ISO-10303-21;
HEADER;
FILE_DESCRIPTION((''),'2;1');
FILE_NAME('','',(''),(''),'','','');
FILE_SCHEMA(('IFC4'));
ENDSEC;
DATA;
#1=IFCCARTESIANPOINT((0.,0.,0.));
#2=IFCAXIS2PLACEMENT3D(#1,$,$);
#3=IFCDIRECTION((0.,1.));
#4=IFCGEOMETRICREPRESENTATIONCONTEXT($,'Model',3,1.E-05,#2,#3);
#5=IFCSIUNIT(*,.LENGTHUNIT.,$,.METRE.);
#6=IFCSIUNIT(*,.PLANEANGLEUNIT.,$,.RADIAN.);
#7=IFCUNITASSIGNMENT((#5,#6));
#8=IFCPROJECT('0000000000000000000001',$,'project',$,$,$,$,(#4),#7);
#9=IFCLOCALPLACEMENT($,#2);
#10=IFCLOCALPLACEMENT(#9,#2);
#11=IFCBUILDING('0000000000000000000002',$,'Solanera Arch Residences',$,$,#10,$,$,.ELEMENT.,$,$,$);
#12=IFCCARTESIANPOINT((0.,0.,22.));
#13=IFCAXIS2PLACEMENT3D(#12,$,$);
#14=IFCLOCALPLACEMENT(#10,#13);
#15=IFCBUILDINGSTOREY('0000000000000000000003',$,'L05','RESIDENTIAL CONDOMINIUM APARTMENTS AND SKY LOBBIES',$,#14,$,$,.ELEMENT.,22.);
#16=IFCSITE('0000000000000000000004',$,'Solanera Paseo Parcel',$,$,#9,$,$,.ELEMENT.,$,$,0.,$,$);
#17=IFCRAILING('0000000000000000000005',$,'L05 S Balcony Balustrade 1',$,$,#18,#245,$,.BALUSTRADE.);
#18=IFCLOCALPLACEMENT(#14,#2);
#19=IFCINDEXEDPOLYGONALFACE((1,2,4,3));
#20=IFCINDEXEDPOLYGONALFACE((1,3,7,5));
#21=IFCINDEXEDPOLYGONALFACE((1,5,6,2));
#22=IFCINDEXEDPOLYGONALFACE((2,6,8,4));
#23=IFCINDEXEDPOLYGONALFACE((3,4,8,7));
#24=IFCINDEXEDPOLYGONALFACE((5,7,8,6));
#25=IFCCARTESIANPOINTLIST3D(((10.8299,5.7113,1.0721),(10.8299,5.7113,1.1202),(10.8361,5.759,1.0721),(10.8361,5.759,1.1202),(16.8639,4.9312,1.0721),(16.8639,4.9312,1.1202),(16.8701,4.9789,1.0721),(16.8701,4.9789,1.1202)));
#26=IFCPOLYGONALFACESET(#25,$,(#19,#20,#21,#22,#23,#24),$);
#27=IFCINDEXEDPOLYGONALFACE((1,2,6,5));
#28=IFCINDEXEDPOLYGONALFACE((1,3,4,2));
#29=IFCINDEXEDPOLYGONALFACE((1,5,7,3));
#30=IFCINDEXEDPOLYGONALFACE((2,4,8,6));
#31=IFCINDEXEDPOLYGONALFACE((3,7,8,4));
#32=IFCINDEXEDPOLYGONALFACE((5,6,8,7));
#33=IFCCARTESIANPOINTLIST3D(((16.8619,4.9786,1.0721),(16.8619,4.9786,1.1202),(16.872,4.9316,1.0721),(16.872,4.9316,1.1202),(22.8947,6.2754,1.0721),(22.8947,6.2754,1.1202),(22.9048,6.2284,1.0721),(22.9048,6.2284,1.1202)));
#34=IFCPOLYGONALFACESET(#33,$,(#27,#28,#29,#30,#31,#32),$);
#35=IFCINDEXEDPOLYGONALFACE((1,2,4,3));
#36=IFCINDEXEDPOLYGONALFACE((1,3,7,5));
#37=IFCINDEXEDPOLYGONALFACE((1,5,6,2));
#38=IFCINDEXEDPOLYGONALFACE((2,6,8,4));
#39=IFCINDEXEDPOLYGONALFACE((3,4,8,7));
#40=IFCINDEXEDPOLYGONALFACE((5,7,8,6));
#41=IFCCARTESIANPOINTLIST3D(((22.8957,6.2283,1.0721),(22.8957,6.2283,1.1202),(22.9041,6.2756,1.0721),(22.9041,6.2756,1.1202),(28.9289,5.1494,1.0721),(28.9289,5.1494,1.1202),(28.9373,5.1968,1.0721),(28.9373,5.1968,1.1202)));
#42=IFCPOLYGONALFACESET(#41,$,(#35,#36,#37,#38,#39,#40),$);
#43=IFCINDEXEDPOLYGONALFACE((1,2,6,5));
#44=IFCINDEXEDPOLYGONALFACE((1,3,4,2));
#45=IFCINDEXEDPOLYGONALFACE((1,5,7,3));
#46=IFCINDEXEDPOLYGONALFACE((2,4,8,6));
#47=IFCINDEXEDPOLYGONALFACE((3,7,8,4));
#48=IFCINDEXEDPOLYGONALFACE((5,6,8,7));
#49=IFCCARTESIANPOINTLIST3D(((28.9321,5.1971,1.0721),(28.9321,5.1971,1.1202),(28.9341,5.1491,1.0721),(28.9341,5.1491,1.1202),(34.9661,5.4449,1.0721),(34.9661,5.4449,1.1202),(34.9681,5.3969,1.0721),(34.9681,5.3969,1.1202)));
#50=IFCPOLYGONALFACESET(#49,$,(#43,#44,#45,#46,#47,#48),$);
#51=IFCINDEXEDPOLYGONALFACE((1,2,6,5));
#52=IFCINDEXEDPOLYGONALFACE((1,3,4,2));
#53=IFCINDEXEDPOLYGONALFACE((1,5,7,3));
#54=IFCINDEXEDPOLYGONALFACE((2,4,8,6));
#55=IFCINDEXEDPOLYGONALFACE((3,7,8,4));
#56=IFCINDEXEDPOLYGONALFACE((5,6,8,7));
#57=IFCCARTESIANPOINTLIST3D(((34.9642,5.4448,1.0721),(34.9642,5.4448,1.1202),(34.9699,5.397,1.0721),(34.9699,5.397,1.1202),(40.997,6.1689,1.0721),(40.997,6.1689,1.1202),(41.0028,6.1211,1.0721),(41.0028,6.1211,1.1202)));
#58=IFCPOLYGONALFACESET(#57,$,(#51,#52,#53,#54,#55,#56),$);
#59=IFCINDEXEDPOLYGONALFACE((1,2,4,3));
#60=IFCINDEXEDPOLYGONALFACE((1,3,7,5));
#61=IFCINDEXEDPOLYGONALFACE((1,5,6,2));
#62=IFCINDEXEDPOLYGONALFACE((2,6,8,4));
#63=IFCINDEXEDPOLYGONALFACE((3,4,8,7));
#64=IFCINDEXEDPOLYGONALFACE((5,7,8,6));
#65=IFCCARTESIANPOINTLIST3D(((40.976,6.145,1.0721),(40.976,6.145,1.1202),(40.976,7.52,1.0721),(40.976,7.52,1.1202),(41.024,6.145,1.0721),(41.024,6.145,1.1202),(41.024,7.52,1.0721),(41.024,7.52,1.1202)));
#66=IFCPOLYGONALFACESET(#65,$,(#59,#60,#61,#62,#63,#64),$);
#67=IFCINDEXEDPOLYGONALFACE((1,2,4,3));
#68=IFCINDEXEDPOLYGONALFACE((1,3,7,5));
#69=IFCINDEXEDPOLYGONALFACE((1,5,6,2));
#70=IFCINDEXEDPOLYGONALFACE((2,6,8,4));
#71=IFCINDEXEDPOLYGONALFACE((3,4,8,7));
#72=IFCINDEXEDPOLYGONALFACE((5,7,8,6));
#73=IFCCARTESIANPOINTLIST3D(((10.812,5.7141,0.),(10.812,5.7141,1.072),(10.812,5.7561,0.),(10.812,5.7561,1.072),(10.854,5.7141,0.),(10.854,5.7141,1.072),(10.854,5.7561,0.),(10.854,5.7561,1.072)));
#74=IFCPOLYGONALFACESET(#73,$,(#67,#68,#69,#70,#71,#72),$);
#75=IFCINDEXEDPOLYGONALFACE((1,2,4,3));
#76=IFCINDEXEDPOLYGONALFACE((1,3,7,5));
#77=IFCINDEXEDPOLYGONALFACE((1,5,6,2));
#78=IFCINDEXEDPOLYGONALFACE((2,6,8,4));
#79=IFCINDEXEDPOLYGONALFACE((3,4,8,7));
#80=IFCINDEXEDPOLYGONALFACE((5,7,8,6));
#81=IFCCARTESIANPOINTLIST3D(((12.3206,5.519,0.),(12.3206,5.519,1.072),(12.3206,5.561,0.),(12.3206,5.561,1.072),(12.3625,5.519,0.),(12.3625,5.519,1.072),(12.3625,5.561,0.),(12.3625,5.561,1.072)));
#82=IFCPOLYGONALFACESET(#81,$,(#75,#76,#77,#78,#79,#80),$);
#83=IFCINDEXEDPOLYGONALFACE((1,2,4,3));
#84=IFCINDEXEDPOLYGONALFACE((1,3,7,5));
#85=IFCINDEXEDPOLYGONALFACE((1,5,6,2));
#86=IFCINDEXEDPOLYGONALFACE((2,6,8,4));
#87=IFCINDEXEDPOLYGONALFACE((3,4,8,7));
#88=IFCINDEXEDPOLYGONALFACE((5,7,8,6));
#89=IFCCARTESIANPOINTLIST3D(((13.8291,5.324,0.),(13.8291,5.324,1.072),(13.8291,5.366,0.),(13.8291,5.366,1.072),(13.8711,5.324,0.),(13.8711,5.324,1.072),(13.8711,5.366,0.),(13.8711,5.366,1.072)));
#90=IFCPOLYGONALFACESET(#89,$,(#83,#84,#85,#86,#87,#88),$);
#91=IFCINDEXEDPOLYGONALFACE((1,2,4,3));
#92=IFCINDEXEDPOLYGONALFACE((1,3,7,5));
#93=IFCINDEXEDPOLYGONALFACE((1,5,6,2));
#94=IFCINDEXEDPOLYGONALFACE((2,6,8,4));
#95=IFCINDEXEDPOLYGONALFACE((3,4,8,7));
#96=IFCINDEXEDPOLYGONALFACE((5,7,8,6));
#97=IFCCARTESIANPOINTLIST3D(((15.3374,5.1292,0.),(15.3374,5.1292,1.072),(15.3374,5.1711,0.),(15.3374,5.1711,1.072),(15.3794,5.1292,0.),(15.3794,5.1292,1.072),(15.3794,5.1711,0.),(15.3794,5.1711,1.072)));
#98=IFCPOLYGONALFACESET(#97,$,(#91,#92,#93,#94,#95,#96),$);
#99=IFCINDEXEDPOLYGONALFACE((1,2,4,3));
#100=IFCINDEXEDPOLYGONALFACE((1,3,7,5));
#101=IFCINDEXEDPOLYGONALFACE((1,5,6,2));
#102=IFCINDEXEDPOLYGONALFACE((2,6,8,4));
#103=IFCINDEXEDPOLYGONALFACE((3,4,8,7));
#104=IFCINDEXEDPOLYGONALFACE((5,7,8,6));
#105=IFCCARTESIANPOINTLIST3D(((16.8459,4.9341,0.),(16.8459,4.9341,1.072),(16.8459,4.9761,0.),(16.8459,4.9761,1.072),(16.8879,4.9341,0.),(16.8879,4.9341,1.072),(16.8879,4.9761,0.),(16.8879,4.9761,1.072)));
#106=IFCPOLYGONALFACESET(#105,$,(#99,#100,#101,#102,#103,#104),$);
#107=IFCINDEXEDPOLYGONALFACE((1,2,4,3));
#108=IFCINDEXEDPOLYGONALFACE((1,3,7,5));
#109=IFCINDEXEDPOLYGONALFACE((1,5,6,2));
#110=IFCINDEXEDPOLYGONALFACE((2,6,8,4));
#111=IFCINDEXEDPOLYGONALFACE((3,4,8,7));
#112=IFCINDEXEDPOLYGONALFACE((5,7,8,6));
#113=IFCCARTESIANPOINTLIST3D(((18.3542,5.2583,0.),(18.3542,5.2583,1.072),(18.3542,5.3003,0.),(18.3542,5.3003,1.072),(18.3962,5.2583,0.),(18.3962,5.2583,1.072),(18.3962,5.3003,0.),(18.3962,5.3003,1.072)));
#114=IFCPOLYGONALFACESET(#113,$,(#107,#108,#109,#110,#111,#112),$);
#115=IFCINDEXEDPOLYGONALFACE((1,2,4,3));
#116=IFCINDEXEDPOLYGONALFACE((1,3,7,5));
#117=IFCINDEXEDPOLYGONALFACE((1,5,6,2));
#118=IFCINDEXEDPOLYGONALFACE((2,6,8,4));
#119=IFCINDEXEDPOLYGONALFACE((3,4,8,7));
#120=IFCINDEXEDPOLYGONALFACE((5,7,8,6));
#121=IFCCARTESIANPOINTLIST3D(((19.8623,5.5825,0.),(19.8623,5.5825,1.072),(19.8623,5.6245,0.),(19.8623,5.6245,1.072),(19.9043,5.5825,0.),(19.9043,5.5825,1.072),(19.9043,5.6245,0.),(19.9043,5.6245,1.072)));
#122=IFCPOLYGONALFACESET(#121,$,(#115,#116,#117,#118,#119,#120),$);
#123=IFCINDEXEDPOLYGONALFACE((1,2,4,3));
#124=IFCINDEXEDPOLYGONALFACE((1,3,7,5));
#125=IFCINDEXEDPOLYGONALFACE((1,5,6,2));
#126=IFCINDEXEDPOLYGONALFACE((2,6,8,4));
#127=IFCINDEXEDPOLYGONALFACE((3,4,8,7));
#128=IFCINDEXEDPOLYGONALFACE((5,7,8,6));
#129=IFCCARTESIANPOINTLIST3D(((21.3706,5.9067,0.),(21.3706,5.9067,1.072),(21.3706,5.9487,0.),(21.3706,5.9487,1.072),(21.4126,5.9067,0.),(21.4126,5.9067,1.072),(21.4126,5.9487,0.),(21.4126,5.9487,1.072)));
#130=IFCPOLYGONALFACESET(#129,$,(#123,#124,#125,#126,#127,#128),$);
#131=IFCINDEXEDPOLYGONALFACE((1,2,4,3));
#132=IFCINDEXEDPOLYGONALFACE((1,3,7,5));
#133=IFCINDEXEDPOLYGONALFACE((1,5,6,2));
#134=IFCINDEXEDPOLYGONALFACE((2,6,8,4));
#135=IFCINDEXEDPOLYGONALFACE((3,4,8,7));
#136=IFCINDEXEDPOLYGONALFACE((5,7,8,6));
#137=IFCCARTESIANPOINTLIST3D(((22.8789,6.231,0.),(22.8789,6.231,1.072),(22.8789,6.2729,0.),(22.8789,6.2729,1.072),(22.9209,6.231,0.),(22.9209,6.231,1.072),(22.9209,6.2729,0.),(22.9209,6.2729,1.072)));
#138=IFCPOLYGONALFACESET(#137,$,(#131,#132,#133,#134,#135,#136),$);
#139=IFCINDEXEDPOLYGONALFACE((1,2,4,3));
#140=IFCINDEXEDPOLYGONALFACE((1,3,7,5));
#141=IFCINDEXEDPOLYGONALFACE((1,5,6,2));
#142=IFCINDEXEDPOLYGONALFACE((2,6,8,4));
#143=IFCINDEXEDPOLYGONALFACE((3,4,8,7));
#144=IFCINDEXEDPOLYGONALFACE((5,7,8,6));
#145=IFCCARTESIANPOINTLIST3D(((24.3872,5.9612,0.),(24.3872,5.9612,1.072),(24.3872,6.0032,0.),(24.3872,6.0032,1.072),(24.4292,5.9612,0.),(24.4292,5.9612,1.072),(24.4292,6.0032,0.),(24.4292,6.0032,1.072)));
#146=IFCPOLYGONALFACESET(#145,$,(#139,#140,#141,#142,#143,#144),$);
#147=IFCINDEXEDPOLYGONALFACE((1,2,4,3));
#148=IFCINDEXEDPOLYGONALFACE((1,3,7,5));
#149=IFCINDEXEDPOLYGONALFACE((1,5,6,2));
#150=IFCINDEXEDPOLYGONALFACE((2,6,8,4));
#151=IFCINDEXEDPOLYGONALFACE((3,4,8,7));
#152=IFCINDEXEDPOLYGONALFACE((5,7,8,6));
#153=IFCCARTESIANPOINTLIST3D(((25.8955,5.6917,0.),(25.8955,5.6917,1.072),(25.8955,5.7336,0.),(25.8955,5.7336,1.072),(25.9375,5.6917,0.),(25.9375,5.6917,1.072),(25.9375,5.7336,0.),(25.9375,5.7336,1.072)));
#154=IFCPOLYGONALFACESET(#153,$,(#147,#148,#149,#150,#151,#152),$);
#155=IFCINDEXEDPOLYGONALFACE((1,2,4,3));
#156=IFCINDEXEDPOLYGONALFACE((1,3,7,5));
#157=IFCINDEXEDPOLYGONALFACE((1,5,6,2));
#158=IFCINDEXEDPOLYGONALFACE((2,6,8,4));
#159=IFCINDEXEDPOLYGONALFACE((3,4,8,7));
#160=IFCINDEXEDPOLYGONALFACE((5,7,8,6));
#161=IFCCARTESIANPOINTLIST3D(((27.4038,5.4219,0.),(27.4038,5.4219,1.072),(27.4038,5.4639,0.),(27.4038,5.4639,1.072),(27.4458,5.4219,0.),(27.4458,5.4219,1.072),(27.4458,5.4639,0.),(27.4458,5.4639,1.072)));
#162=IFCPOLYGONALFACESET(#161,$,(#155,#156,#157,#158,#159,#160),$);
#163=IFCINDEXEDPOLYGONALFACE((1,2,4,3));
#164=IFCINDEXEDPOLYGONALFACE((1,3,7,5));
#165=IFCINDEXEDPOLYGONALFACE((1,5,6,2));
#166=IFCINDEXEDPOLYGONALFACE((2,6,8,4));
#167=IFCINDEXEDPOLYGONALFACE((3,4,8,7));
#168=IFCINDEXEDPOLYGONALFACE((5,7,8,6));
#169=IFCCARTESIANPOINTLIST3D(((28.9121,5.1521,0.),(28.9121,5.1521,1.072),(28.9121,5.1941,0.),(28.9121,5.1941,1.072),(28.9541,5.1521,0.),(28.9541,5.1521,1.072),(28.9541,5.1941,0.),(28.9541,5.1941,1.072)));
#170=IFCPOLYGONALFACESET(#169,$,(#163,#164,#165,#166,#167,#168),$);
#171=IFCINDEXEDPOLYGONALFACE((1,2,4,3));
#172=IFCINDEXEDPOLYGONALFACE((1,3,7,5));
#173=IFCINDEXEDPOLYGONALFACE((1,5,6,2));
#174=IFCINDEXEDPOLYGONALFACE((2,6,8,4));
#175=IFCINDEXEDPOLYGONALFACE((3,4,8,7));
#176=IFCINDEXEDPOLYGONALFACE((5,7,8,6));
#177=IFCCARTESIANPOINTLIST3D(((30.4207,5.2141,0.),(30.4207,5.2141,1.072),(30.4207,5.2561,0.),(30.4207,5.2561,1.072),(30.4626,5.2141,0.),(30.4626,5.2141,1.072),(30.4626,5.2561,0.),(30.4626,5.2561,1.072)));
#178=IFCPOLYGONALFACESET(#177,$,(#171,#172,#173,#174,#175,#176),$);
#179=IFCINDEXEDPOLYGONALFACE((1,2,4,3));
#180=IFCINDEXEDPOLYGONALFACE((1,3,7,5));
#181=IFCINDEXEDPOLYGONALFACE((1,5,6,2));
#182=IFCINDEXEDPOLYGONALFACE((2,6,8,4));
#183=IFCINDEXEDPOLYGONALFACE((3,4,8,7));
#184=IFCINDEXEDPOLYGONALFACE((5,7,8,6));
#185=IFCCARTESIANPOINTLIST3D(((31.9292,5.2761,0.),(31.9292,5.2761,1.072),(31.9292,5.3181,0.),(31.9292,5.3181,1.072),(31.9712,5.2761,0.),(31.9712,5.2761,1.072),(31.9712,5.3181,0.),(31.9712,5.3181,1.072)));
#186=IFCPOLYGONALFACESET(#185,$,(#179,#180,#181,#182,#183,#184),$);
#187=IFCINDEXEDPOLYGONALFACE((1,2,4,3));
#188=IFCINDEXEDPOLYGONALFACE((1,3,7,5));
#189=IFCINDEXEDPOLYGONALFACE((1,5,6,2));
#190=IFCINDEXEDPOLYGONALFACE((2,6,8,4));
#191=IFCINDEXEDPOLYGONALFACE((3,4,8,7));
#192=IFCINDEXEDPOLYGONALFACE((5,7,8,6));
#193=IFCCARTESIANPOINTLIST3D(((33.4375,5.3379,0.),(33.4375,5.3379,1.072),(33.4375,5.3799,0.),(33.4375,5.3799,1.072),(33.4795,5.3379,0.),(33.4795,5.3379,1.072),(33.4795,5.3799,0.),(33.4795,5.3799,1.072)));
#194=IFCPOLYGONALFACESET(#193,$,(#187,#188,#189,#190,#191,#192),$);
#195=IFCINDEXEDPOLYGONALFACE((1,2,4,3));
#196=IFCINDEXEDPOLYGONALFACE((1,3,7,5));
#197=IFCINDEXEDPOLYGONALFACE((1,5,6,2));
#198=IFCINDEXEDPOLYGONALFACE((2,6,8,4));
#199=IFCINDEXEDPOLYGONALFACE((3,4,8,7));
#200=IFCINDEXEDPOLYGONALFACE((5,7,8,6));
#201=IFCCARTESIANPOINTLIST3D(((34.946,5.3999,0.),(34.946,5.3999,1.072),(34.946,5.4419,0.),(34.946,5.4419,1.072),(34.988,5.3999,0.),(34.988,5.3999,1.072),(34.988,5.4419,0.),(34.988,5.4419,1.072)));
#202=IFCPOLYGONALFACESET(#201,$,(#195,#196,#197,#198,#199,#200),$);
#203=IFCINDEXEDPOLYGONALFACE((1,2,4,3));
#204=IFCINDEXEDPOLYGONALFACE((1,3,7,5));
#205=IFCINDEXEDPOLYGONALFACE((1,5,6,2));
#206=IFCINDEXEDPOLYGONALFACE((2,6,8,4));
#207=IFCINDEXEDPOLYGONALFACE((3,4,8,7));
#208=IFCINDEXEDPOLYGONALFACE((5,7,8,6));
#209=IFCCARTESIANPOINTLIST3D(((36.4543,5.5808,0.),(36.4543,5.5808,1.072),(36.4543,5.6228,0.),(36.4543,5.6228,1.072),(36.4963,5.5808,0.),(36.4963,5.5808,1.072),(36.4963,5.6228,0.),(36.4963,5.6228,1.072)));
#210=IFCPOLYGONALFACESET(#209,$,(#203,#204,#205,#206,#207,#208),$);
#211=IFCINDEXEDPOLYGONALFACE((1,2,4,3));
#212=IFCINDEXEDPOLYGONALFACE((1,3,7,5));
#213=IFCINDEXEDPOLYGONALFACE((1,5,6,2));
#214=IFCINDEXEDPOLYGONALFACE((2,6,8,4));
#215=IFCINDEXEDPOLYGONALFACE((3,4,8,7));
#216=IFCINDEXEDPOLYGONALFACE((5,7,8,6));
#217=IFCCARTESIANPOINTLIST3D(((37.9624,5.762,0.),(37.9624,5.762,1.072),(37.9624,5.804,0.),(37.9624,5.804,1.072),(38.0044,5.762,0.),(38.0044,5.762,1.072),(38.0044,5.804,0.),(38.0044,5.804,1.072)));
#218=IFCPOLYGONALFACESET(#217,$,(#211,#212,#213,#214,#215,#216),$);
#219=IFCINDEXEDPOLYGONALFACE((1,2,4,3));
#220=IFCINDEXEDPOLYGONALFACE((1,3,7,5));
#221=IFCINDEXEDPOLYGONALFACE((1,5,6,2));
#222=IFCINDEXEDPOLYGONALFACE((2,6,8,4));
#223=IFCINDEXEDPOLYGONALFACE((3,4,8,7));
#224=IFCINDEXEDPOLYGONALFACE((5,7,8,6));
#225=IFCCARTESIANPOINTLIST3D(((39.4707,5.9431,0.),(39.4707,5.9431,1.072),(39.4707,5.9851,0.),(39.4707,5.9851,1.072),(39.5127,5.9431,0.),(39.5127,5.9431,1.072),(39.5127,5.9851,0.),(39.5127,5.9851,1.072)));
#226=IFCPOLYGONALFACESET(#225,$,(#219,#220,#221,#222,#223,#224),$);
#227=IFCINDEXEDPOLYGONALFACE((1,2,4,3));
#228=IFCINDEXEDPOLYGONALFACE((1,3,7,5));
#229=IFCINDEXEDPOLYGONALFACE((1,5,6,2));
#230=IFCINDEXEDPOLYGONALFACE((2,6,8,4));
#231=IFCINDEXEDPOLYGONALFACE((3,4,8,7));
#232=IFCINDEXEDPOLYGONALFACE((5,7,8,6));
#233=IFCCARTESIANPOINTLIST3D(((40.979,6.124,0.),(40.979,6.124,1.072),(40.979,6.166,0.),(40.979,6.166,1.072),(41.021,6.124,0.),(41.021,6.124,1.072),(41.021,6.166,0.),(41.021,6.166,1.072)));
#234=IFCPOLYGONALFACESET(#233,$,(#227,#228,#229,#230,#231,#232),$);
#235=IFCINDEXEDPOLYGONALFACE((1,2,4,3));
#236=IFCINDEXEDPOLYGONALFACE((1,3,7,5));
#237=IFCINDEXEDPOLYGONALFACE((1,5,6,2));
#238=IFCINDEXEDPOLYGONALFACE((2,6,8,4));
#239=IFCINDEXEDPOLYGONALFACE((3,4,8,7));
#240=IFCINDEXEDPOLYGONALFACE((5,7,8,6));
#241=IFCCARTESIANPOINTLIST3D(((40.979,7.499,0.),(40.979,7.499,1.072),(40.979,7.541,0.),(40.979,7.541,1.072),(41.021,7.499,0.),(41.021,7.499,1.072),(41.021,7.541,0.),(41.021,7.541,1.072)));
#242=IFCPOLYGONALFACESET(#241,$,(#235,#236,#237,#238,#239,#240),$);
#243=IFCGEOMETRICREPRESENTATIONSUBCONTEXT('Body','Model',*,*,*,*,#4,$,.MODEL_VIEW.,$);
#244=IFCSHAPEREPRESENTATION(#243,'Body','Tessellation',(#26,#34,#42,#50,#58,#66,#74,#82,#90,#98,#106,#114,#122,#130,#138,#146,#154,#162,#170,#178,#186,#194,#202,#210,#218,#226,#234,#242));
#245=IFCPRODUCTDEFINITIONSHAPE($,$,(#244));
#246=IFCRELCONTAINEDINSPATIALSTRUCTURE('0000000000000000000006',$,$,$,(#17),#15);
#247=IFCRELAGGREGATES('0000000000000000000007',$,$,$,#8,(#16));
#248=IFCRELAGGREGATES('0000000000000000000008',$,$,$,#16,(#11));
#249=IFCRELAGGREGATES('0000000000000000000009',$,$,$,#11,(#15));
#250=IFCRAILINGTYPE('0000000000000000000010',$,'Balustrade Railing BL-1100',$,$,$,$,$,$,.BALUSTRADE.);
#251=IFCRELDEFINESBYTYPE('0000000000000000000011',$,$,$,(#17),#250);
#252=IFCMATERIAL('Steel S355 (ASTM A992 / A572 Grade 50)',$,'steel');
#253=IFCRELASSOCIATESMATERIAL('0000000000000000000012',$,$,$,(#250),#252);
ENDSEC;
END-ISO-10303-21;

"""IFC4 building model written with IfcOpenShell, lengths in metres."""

from ifc_helpers import new_model, si_unit, direction, frame, origin, origin_2d, place, context, subcontext, project, spatial, rectangle, extrude, material, type_object, element, save


model = new_model("IFC4")

# Units and contexts
model_context = context("Model", 3, precision=1e-05, world=origin(), true_north=direction((0.0, 1.0)))
body_context = subcontext(model_context, "Body", "Model", "MODEL_VIEW")
ifc_project = project(units=[si_unit("LENGTHUNIT", "METRE"), si_unit("PLANEANGLEUNIT", "RADIAN")], contexts=[model_context])

# Site, building, storey
site_placement = place(None, origin())
site = spatial("IfcSite", under=ifc_project, at=site_placement, Name="Solanera Paseo Parcel", CompositionType="ELEMENT", RefElevation=0.0)
building_placement = place(site_placement, origin())
building = spatial("IfcBuilding", under=site, at=building_placement, Name="Solanera Arch Residences", CompositionType="ELEMENT")
storey_placement = place(building_placement, frame((0.0, 0.0, 22.0)))
storey = spatial("IfcBuildingStorey", under=building, at=storey_placement, Name="L05", Description="RESIDENTIAL CONDOMINIUM APARTMENTS AND SKY LOBBIES", CompositionType="ELEMENT", Elevation=22.0)

# Railing
ifc_material_1 = material(Name="Steel S355 (ASTM A992 / A572 Grade 50)", Category="steel")
railing_type = type_object("IfcRailingType", Name="Balustrade Railing BL-1100", PredefinedType="BALUSTRADE", material=ifc_material_1)
railing_placement = place(storey_placement, frame((10.833, 5.7351, 0.0)))
element("IfcRailing", 1, at=railing_placement, inside=storey, type_object=railing_type, Name="L05 S Balcony Balustrade 1", PredefinedType="BALUSTRADE", context=body_context, shape_type="SweptSolid", body=[
    extrude(rectangle(XDim=0.0481, YDim=0.0481, at=origin_2d()), frame((0.0, 0.0, 1.0962), z_axis=(0.991747, -0.128207, 0.0), x_axis=(0.128207, 0.991747, 0.0)), (0.0, 0.0, 1.0), 6.0842),
    extrude(rectangle(XDim=0.0481, YDim=0.0481, at=origin_2d()), frame((6.0339, -0.78, 1.0962), z_axis=(0.977666, 0.210164, 0.0), x_axis=(-0.210164, 0.977666, 0.0)), (0.0, 0.0, 1.0), 6.1707),
    extrude(rectangle(XDim=0.0481, YDim=0.0481, at=origin_2d()), frame((12.0669, 0.5168, 1.0962), z_axis=(0.984385, -0.176028, 0.0), x_axis=(0.176028, 0.984385, 0.0)), (0.0, 0.0, 1.0), 6.1289),
    extrude(rectangle(XDim=0.0481, YDim=0.0481, at=origin_2d()), frame((18.1001, -0.562, 1.0962), z_axis=(0.999158, 0.041034, 0.0), x_axis=(-0.041034, 0.999158, 0.0)), (0.0, 0.0, 1.0), 6.0391),
    extrude(rectangle(XDim=0.0481, YDim=0.0481, at=origin_2d()), frame((24.134, -0.3142, 1.0962), z_axis=(0.992874, 0.119172, 0.0), x_axis=(-0.119172, 0.992874, 0.0)), (0.0, 0.0, 1.0), 6.0762),
    extrude(rectangle(XDim=0.0481, YDim=0.0481, at=origin_2d()), frame((30.167, 0.4099, 1.0962), z_axis=(0.0, 1.0, 0.0), x_axis=(-1.0, 0.0, 0.0)), (0.0, 0.0, 1.0), 1.375),
    extrude(rectangle(XDim=0.042, YDim=0.042, at=origin_2d()), origin(), (0.0, 0.0, 1.0), 1.072),
    extrude(rectangle(XDim=0.042, YDim=0.042, at=origin_2d()), frame((1.5085, -0.1951, 0.0)), (0.0, 0.0, 1.0), 1.072),
    extrude(rectangle(XDim=0.042, YDim=0.042, at=origin_2d()), frame((3.0171, -0.3901, 0.0)), (0.0, 0.0, 1.0), 1.072),
    extrude(rectangle(XDim=0.042, YDim=0.042, at=origin_2d()), frame((4.5254, -0.585, 0.0)), (0.0, 0.0, 1.0), 1.072),
    extrude(rectangle(XDim=0.042, YDim=0.042, at=origin_2d()), frame((6.0339, -0.78, 0.0)), (0.0, 0.0, 1.0), 1.072),
    extrude(rectangle(XDim=0.042, YDim=0.042, at=origin_2d()), frame((7.5422, -0.4558, 0.0)), (0.0, 0.0, 1.0), 1.072),
    extrude(rectangle(XDim=0.042, YDim=0.042, at=origin_2d()), frame((9.0503, -0.1316, 0.0)), (0.0, 0.0, 1.0), 1.072),
    extrude(rectangle(XDim=0.042, YDim=0.042, at=origin_2d()), frame((10.5586, 0.1926, 0.0)), (0.0, 0.0, 1.0), 1.072),
    extrude(rectangle(XDim=0.042, YDim=0.042, at=origin_2d()), frame((12.0669, 0.5168, 0.0)), (0.0, 0.0, 1.0), 1.072),
    extrude(rectangle(XDim=0.042, YDim=0.042, at=origin_2d()), frame((13.5752, 0.2471, 0.0)), (0.0, 0.0, 1.0), 1.072),
    extrude(rectangle(XDim=0.042, YDim=0.042, at=origin_2d()), frame((15.0835, -0.0225, 0.0)), (0.0, 0.0, 1.0), 1.072),
    extrude(rectangle(XDim=0.042, YDim=0.042, at=origin_2d()), frame((16.5918, -0.2922, 0.0)), (0.0, 0.0, 1.0), 1.072),
    extrude(rectangle(XDim=0.042, YDim=0.042, at=origin_2d()), frame((18.1001, -0.562, 0.0)), (0.0, 0.0, 1.0), 1.072),
    extrude(rectangle(XDim=0.042, YDim=0.042, at=origin_2d()), frame((19.6086, -0.5, 0.0)), (0.0, 0.0, 1.0), 1.072),
    extrude(rectangle(XDim=0.042, YDim=0.042, at=origin_2d()), frame((21.1172, -0.438, 0.0)), (0.0, 0.0, 1.0), 1.072),
    extrude(rectangle(XDim=0.042, YDim=0.042, at=origin_2d()), frame((22.6255, -0.3762, 0.0)), (0.0, 0.0, 1.0), 1.072),
    extrude(rectangle(XDim=0.042, YDim=0.042, at=origin_2d()), frame((24.134, -0.3142, 0.0)), (0.0, 0.0, 1.0), 1.072),
    extrude(rectangle(XDim=0.042, YDim=0.042, at=origin_2d()), frame((25.6423, -0.1333, 0.0)), (0.0, 0.0, 1.0), 1.072),
    extrude(rectangle(XDim=0.042, YDim=0.042, at=origin_2d()), frame((27.1504, 0.0479, 0.0)), (0.0, 0.0, 1.0), 1.072),
    extrude(rectangle(XDim=0.042, YDim=0.042, at=origin_2d()), frame((28.6587, 0.229, 0.0)), (0.0, 0.0, 1.0), 1.072),
    extrude(rectangle(XDim=0.042, YDim=0.042, at=origin_2d()), frame((30.167, 0.4099, 0.0)), (0.0, 0.0, 1.0), 1.072),
    extrude(rectangle(XDim=0.042, YDim=0.042, at=origin_2d()), frame((30.167, 1.7849, 0.0)), (0.0, 0.0, 1.0), 1.072),
])

save(model, "model.ifc")
